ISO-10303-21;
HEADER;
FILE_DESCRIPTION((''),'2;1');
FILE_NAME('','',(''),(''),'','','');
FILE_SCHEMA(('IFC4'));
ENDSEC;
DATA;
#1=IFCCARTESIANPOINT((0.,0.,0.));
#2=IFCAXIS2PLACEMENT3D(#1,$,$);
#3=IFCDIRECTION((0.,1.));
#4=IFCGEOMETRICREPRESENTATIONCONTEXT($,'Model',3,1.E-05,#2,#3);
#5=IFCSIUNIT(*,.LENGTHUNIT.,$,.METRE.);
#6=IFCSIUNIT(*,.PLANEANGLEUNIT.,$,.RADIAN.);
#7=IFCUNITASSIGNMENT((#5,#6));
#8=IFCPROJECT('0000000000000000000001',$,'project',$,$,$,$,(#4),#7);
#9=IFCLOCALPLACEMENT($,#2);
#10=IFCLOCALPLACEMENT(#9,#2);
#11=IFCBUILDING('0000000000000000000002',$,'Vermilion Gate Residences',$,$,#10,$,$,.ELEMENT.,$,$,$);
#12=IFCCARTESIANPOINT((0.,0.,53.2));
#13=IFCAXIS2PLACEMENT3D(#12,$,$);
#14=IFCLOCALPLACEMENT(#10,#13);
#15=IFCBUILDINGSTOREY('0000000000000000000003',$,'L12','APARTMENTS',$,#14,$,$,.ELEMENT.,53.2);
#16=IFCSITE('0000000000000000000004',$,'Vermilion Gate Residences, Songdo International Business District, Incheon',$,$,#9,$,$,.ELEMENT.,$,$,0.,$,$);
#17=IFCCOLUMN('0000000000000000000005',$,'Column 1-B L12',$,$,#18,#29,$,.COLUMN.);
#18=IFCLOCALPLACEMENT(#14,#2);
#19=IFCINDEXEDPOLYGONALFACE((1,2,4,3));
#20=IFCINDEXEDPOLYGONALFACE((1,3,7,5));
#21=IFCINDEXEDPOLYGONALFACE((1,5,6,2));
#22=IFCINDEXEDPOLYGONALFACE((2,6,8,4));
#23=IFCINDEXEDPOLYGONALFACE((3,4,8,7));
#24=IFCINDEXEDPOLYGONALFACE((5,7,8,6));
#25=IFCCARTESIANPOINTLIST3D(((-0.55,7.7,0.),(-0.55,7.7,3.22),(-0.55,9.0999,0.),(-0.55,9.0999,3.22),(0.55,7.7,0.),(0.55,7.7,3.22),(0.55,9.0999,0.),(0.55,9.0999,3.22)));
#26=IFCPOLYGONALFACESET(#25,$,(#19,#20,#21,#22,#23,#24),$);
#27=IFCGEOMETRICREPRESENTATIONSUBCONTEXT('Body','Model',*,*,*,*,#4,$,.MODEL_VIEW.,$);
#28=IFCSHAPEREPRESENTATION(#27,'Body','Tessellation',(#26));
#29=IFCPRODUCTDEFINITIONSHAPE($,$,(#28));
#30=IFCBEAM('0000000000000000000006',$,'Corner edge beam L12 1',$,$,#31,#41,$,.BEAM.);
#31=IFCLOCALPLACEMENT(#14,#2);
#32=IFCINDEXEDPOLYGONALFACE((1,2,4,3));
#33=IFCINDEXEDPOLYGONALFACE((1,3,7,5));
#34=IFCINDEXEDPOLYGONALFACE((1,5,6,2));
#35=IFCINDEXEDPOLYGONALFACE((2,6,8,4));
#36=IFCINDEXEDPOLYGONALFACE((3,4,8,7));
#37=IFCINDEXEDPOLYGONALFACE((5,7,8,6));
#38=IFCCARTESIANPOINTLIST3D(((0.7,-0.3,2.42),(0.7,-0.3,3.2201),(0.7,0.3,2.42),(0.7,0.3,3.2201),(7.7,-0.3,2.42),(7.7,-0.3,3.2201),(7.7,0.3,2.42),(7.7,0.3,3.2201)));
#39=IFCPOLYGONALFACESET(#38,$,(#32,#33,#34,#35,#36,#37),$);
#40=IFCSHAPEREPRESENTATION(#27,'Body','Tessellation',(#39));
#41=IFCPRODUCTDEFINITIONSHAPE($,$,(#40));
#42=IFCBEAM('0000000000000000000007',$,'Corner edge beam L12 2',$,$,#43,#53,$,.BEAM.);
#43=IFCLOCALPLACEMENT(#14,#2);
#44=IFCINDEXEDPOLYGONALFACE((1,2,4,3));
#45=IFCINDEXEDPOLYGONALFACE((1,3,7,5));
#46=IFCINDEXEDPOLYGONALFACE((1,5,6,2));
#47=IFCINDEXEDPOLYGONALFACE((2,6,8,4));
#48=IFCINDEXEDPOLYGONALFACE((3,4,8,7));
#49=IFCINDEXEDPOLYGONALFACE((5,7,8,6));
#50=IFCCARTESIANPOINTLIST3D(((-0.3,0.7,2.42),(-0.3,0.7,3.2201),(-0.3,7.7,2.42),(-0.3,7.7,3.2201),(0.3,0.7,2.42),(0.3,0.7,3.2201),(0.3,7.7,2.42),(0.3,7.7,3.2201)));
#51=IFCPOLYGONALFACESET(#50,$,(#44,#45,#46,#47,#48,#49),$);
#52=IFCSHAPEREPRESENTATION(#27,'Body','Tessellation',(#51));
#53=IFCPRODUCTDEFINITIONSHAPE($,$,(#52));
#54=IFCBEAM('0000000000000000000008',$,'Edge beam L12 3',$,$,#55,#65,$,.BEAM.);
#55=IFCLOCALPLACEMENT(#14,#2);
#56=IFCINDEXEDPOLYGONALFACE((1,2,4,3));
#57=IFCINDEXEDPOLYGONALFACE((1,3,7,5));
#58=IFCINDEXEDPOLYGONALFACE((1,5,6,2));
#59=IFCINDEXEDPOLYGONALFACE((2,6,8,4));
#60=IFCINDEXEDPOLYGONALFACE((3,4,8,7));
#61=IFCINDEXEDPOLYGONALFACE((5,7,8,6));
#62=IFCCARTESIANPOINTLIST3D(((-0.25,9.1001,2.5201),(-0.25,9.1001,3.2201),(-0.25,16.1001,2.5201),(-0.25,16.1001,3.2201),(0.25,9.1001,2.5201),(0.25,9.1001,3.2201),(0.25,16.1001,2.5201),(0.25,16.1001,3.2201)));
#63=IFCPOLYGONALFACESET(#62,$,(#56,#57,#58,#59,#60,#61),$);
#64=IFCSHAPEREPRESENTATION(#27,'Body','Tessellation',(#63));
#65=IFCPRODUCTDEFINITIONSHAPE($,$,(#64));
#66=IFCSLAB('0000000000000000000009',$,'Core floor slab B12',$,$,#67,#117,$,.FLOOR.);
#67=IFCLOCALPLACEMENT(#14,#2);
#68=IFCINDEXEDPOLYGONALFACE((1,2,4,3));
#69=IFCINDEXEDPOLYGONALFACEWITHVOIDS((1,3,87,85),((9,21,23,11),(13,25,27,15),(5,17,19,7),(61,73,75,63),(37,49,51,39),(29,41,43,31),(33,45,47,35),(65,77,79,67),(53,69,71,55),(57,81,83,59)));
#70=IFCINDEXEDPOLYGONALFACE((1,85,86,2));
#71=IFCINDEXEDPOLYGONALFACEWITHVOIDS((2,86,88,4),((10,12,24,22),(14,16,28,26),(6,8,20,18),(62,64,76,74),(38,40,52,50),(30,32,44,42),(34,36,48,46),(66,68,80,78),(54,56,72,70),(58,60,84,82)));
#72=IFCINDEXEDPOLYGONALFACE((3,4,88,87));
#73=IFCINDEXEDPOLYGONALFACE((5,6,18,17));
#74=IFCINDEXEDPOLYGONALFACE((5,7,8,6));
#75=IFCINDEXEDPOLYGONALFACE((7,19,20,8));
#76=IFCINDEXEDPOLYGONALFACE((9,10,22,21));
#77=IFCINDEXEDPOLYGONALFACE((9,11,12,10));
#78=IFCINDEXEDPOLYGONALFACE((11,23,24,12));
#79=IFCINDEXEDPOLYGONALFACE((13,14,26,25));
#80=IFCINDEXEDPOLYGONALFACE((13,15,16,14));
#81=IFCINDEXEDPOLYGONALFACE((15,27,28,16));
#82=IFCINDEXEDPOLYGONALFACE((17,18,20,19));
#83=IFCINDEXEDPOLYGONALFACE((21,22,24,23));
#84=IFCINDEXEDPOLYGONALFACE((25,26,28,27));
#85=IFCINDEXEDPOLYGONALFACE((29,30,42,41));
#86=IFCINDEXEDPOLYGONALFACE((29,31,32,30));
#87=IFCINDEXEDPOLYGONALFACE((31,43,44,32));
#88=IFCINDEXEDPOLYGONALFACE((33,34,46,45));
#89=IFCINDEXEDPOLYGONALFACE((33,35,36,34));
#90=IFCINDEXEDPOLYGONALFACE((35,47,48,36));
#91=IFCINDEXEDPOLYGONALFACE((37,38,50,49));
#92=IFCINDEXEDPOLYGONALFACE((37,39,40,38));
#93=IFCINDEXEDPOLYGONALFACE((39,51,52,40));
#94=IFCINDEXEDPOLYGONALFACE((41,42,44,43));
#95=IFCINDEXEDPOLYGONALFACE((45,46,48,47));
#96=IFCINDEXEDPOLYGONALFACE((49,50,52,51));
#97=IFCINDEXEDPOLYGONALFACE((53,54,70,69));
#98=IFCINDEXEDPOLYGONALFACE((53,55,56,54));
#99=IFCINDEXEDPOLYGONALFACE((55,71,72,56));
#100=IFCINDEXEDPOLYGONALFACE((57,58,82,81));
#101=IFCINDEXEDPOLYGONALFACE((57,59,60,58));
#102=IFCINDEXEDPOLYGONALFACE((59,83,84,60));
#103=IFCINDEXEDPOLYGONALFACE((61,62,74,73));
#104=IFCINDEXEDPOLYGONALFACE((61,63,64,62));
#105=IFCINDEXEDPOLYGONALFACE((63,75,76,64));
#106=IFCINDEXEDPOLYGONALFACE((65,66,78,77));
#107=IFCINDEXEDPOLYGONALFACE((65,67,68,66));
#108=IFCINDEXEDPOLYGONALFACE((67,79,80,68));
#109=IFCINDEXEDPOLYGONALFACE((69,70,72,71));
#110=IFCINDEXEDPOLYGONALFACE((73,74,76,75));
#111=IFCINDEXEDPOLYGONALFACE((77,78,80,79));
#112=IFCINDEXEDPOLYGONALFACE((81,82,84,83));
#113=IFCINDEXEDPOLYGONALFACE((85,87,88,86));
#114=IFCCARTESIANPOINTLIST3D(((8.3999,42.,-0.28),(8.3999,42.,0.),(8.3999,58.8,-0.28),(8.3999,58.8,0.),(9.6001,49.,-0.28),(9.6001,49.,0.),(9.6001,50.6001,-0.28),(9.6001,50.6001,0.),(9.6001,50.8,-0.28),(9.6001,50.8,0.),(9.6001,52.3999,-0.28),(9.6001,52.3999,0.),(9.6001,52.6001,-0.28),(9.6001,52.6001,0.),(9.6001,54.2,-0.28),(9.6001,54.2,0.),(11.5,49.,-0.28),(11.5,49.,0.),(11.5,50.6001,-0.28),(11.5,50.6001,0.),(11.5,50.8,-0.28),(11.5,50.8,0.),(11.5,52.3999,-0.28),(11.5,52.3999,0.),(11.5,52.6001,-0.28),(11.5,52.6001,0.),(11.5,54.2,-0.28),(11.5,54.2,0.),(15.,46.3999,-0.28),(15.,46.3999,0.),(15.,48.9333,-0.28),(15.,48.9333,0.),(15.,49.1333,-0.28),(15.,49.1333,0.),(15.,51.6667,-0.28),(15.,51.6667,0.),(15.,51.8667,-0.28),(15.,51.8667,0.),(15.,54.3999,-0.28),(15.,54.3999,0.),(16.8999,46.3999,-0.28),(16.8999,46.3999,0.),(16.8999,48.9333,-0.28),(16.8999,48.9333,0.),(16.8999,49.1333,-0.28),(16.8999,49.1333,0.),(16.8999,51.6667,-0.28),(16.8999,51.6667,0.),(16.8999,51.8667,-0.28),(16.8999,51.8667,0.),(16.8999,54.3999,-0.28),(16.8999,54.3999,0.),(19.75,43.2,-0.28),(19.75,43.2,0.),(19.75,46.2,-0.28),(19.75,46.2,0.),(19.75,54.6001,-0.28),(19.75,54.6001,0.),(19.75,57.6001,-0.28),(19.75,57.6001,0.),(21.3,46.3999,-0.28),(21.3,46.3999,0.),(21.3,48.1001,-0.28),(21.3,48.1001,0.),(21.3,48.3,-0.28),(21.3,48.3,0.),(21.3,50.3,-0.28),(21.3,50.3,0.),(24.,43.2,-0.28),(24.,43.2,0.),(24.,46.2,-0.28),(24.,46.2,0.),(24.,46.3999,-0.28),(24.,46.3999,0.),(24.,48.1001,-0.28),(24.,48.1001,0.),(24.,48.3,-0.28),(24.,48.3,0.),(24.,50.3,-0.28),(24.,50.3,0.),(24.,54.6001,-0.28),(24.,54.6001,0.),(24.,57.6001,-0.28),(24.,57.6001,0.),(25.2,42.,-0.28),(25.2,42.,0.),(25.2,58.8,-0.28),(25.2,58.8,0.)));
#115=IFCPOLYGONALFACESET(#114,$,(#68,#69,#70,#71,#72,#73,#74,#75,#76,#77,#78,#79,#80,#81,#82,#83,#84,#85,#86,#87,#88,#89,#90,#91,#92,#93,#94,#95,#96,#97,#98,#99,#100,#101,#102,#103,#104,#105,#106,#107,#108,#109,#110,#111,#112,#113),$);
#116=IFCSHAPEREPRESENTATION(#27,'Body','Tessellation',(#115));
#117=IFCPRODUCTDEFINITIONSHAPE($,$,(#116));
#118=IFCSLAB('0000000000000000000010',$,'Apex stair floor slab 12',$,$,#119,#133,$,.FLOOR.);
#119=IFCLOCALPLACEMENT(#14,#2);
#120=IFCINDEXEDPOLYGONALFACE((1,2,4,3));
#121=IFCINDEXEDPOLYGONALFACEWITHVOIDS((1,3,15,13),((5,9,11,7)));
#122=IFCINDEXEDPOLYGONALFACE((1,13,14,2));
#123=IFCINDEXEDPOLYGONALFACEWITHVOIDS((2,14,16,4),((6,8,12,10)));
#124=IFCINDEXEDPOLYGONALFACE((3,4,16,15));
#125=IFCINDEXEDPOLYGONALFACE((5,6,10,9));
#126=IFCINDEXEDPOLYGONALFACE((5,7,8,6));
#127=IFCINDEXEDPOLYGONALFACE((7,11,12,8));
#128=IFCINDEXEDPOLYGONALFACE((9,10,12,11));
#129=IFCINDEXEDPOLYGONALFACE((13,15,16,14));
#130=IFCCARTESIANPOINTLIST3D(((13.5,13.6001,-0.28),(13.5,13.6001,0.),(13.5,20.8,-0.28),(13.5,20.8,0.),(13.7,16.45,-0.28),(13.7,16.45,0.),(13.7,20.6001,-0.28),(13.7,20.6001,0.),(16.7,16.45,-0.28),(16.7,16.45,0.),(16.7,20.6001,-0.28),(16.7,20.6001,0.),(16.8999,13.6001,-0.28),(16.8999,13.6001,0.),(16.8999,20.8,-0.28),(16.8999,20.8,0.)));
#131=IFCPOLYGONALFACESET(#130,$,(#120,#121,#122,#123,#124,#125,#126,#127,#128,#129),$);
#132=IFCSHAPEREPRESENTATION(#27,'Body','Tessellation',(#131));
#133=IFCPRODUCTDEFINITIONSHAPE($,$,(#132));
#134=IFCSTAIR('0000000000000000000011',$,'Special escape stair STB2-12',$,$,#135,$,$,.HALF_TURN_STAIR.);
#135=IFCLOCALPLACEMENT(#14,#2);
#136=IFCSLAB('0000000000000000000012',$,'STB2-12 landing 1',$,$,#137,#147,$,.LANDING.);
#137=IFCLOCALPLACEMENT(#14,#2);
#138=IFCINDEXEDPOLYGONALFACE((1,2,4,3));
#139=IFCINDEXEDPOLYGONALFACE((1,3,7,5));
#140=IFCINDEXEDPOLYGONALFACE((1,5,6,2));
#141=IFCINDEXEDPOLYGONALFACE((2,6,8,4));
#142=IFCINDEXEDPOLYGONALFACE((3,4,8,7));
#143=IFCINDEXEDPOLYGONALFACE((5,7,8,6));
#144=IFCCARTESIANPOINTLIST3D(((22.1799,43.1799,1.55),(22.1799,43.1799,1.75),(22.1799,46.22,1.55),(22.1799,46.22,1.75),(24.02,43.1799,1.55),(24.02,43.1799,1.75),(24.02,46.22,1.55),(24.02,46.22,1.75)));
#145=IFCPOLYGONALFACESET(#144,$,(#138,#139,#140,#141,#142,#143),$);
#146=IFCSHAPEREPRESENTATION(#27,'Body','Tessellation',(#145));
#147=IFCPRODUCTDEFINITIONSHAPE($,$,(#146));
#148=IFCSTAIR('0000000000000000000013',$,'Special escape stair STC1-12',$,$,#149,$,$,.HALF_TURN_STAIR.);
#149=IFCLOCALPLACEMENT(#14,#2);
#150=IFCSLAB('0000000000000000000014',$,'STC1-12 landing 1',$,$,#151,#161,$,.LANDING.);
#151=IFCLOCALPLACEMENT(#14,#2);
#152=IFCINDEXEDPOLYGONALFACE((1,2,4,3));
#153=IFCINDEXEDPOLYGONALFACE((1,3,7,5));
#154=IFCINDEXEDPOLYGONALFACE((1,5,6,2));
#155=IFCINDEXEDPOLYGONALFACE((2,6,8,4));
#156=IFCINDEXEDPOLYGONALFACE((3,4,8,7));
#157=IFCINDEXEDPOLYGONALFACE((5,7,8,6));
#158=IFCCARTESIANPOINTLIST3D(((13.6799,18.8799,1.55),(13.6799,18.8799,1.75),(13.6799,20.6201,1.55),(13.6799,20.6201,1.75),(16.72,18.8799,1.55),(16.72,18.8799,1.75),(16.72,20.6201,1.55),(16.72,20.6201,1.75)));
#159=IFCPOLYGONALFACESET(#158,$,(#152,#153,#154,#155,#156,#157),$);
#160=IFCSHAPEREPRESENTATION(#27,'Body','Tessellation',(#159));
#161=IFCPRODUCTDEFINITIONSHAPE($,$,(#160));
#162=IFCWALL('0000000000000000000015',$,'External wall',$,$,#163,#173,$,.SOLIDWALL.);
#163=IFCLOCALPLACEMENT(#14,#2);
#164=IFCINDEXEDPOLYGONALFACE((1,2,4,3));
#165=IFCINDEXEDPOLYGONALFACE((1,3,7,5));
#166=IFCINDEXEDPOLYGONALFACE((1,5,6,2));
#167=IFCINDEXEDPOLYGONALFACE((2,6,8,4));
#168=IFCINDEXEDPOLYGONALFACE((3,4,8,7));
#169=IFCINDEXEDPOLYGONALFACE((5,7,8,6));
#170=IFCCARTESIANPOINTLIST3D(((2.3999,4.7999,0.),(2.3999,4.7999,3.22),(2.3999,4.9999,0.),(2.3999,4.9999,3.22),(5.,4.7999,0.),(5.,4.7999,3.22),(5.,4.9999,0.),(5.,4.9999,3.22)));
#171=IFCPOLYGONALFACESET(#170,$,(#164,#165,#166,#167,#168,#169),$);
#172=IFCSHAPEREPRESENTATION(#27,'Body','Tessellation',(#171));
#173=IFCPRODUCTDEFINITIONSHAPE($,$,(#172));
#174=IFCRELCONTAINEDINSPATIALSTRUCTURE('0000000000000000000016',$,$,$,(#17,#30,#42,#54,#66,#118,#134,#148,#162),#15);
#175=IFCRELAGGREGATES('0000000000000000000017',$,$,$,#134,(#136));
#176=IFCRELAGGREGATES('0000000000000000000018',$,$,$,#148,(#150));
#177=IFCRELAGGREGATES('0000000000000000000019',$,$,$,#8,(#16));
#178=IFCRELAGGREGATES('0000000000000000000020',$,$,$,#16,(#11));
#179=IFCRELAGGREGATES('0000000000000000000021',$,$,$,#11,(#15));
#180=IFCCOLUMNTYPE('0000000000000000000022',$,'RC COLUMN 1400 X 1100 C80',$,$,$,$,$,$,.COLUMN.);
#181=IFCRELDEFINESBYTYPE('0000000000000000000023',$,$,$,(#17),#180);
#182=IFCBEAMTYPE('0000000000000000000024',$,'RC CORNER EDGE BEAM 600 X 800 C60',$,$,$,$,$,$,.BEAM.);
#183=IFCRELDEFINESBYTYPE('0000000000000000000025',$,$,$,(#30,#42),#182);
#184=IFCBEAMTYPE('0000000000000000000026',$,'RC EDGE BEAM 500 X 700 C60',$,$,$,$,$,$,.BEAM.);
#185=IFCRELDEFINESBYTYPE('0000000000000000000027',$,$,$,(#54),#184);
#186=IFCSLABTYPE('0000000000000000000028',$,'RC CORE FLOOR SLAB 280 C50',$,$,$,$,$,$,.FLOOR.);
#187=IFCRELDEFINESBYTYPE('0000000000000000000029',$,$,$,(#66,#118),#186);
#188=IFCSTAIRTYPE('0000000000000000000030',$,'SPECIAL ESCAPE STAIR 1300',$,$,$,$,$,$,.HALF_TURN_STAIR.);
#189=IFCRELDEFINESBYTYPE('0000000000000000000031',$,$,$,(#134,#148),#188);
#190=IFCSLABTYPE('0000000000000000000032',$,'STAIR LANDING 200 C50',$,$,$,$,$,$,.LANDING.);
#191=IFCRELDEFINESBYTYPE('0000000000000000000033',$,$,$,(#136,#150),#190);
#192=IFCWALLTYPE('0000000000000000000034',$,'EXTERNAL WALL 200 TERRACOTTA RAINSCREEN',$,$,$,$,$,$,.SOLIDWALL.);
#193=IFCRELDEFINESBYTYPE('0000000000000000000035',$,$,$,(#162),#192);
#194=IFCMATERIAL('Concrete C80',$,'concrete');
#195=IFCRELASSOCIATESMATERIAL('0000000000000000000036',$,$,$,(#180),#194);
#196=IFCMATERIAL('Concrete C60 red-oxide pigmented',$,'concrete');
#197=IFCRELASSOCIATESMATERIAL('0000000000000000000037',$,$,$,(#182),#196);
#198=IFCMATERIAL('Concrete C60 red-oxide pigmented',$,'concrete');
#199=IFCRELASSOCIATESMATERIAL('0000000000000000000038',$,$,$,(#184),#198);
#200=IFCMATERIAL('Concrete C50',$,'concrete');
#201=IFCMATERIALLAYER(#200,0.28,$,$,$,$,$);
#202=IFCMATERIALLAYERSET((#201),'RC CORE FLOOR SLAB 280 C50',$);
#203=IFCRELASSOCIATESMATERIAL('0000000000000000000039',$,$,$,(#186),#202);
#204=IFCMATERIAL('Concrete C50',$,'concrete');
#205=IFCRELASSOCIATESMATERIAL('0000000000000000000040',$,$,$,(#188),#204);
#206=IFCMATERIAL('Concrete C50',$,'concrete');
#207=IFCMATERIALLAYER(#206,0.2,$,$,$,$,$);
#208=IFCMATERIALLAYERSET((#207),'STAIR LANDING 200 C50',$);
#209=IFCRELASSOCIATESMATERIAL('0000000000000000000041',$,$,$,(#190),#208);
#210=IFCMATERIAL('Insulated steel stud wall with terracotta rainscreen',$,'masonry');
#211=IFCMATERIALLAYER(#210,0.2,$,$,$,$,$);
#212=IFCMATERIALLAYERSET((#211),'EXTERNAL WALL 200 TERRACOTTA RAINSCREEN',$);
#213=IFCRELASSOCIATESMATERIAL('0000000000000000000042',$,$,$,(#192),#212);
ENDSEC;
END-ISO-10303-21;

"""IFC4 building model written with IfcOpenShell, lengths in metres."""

from ifc_helpers import new_model, si_unit, direction, frame, frame_2d, origin, origin_2d, place, context, subcontext, project, spatial, polyline, rectangle, outline, extrude, material, layer, layer_set, material_profile, profile_set, type_object, element, aggregate, save


model = new_model("IFC4")

# Units and contexts
model_context = context("Model", 3, precision=1e-05, world=origin(), true_north=direction((0.0, 1.0)))
body_context = subcontext(model_context, "Body", "Model", "MODEL_VIEW")
ifc_project = project(units=[si_unit("LENGTHUNIT", "METRE"), si_unit("PLANEANGLEUNIT", "RADIAN")], contexts=[model_context])

# Site, building, storey
site_placement = place(None, origin())
site = spatial("IfcSite", under=ifc_project, at=site_placement, Name="Vermilion Gate Residences, Songdo International Business District, Incheon", CompositionType="ELEMENT", RefElevation=0.0)
building_placement = place(site_placement, origin())
building = spatial("IfcBuilding", under=site, at=building_placement, Name="Vermilion Gate Residences", CompositionType="ELEMENT")
storey_placement = place(building_placement, frame((0.0, 0.0, 53.2)))
storey = spatial("IfcBuildingStorey", under=building, at=storey_placement, Name="L12", Description="APARTMENTS", CompositionType="ELEMENT", Elevation=53.2)

# Column
ifc_material_1 = material(Name="Concrete C80", Category="concrete")
ifc_material_profile_1 = material_profile(ifc_material_1, rectangle(XDim=1.3999, YDim=1.1001, at=origin_2d()), Name="RC-1400x1100")
ifc_profile_set_1 = profile_set([ifc_material_profile_1], Name="Concrete C80")
column_type = type_object("IfcColumnType", Name="RC COLUMN 1400 X 1100 C80", PredefinedType="COLUMN", material=ifc_profile_set_1)
column_placement = place(storey_placement, frame((0.0, 8.3999, 0.0), z_axis=(0.0, 0.0, 1.0), x_axis=(0.0, 1.0, 0.0)))
element("IfcColumn", 1, at=column_placement, inside=storey, type_object=column_type, Name="Column 1-B L12", PredefinedType="COLUMN", context=body_context, shape_type="SweptSolid", body=[
    extrude(rectangle(XDim=1.3999, YDim=1.1001, at=origin_2d()), origin(), (0.0, 0.0, 1.0), 3.22),
])

# Beams
ifc_material_2 = material(Name="Concrete C60 red-oxide pigmented", Category="concrete")
ifc_material_profile_2 = material_profile(ifc_material_2, rectangle(XDim=0.6001, YDim=0.8, at=origin_2d()), Name="RC-600x800")
ifc_profile_set_2 = profile_set([ifc_material_profile_2], Name="Concrete C60 red-oxide pigmented")
beam_type_1 = type_object("IfcBeamType", Name="RC CORNER EDGE BEAM 600 X 800 C60", PredefinedType="BEAM", material=ifc_profile_set_2)
for number, where, z_axis, x_axis, name in (
    (2, (0.7, 0.0, 2.8201), (1.0, 0.0, 0.0), (0.0, 1.0, 0.0), "Corner edge beam L12 1"),
    (3, (0.0, 0.7, 2.8201), (0.0, 1.0, 0.0), (-1.0, 0.0, 0.0), "Corner edge beam L12 2"),
):
    element("IfcBeam", number, at=place(storey_placement, frame(where, z_axis=z_axis, x_axis=x_axis)), inside=storey, type_object=beam_type_1, Name=name, PredefinedType="BEAM", context=body_context, shape_type="SweptSolid", body=[
        extrude(rectangle(XDim=0.6001, YDim=0.8, at=origin_2d()), origin(), (0.0, 0.0, 1.0), 7.0),
    ])
ifc_material_3 = material(Name="Concrete C60 red-oxide pigmented", Category="concrete")
ifc_material_profile_3 = material_profile(ifc_material_3, rectangle(XDim=0.5, YDim=0.7, at=origin_2d()), Name="RC-500x700")
ifc_profile_set_3 = profile_set([ifc_material_profile_3], Name="Concrete C60 red-oxide pigmented")
beam_type_2 = type_object("IfcBeamType", Name="RC EDGE BEAM 500 X 700 C60", PredefinedType="BEAM", material=ifc_profile_set_3)
beam_placement = place(storey_placement, frame((0.0, 9.1001, 2.8701), z_axis=(0.0, 1.0, 0.0), x_axis=(-1.0, 0.0, 0.0)))
element("IfcBeam", 4, at=beam_placement, inside=storey, type_object=beam_type_2, Name="Edge beam L12 3", PredefinedType="BEAM", context=body_context, shape_type="SweptSolid", body=[
    extrude(rectangle(XDim=0.5, YDim=0.7, at=origin_2d()), origin(), (0.0, 0.0, 1.0), 7.0),
])

# Slabs
ifc_material_4 = material(Name="Concrete C50", Category="concrete")
ifc_layer_1 = layer(ifc_material_4, 0.28)
ifc_layer_set_1 = layer_set([ifc_layer_1], Name="RC CORE FLOOR SLAB 280 C50")
slab_type_1 = type_object("IfcSlabType", Name="RC CORE FLOOR SLAB 280 C50", PredefinedType="FLOOR", material=ifc_layer_set_1)
slab_1_placement = place(storey_placement, frame((0.0, 0.0, -0.28)))
element("IfcSlab", 5, at=slab_1_placement, inside=storey, type_object=slab_type_1, Name="Core floor slab B12", PredefinedType="FLOOR", context=body_context, shape_type="SweptSolid", body=[
    extrude(outline(polyline([(8.3999, 42.0), (25.2, 42.0), (25.2, 58.8), (8.3999, 58.8), (8.3999, 42.0)]), holes=[polyline([(19.75, 46.2), (24.0, 46.2), (24.0, 43.2), (19.75, 43.2), (19.75, 46.2)]), polyline([(21.3, 48.1001), (24.0, 48.1001), (24.0, 46.3999), (21.3, 46.3999), (21.3, 48.1001)]), polyline([(15.0, 48.9333), (16.8999, 48.9333), (16.8999, 46.3999), (15.0, 46.3999), (15.0, 48.9333)]), polyline([(24.0, 50.3), (24.0, 48.3), (21.3, 48.3), (21.3, 50.3), (24.0, 50.3)]), polyline([(11.5, 50.6001), (11.5, 49.0), (9.6001, 49.0), (9.6001, 50.6001), (11.5, 50.6001)]), polyline([(15.0, 51.6667), (16.8999, 51.6667), (16.8999, 49.1333), (15.0, 49.1333), (15.0, 51.6667)]), polyline([(9.6001, 52.3999), (11.5, 52.3999), (11.5, 50.8), (9.6001, 50.8), (9.6001, 52.3999)]), polyline([(15.0, 54.3999), (16.8999, 54.3999), (16.8999, 51.8667), (15.0, 51.8667), (15.0, 54.3999)]), polyline([(11.5, 54.2), (11.5, 52.6001), (9.6001, 52.6001), (9.6001, 54.2), (11.5, 54.2)]), polyline([(24.0, 57.6001), (24.0, 54.6001), (19.75, 54.6001), (19.75, 57.6001), (24.0, 57.6001)])]), origin(), (0.0, 0.0, 1.0), 0.28),
])
slab_2_placement = place(storey_placement, frame((0.0, 0.0, -0.28)))
element("IfcSlab", 6, at=slab_2_placement, inside=storey, type_object=slab_type_1, Name="Apex stair floor slab 12", PredefinedType="FLOOR", context=body_context, shape_type="SweptSolid", body=[
    extrude(outline(polyline([(13.5, 13.6001), (16.8999, 13.6001), (16.8999, 20.8), (13.5, 20.8), (13.5, 13.6001)]), holes=[polyline([(16.7, 20.6001), (16.7, 16.45), (13.7, 16.45), (13.7, 20.6001), (16.7, 20.6001)])]), origin(), (0.0, 0.0, 1.0), 0.28),
])

# Stairs, slabs
ifc_material_5 = material(Name="Concrete C50", Category="concrete")
stair_type = type_object("IfcStairType", Name="SPECIAL ESCAPE STAIR 1300", PredefinedType="HALF_TURN_STAIR", material=ifc_material_5)
stair_1_placement = place(storey_placement, origin())
stair_1 = element("IfcStair", 7, at=stair_1_placement, inside=storey, type_object=stair_type, Name="Special escape stair STB2-12", PredefinedType="HALF_TURN_STAIR")
ifc_material_6 = material(Name="Concrete C50", Category="concrete")
ifc_layer_2 = layer(ifc_material_6, 0.2)
ifc_layer_set_2 = layer_set([ifc_layer_2], Name="STAIR LANDING 200 C50")
slab_type_2 = type_object("IfcSlabType", Name="STAIR LANDING 200 C50", PredefinedType="LANDING", material=ifc_layer_set_2)
slab_3_placement = place(storey_placement, frame((0.0, 0.0, 1.55)))
slab_3 = element("IfcSlab", 8, at=slab_3_placement, type_object=slab_type_2, Name="STB2-12 landing 1", PredefinedType="LANDING", context=body_context, shape_type="SweptSolid", body=[
    extrude(outline(polyline([(24.02, 43.1799), (24.02, 46.22), (22.1799, 46.22), (22.1799, 43.1799), (24.02, 43.1799)])), origin(), (0.0, 0.0, 1.0), 0.2),
])
aggregate(stair_1, [slab_3])
stair_2_placement = place(storey_placement, origin())
stair_2 = element("IfcStair", 9, at=stair_2_placement, inside=storey, type_object=stair_type, Name="Special escape stair STC1-12", PredefinedType="HALF_TURN_STAIR")
slab_4_placement = place(storey_placement, frame((0.0, 0.0, 1.55)))
slab_4 = element("IfcSlab", 10, at=slab_4_placement, type_object=slab_type_2, Name="STC1-12 landing 1", PredefinedType="LANDING", context=body_context, shape_type="SweptSolid", body=[
    extrude(outline(polyline([(16.72, 18.8799), (16.72, 20.6201), (13.6799, 20.6201), (13.6799, 18.8799), (16.72, 18.8799)])), origin(), (0.0, 0.0, 1.0), 0.2),
])
aggregate(stair_2, [slab_4])

# Wall
ifc_material_7 = material(Name="Insulated steel stud wall with terracotta rainscreen", Category="masonry")
ifc_layer_3 = layer(ifc_material_7, 0.2)
ifc_layer_set_3 = layer_set([ifc_layer_3], Name="EXTERNAL WALL 200 TERRACOTTA RAINSCREEN")
wall_type = type_object("IfcWallType", Name="EXTERNAL WALL 200 TERRACOTTA RAINSCREEN", PredefinedType="SOLIDWALL", material=ifc_layer_set_3)
wall_1_placement = place(storey_placement, frame((2.3999, 4.8999, 0.0), z_axis=(0.0, 0.0, 1.0), x_axis=(1.0, 0.0, 0.0)))
element("IfcWall", 11, at=wall_1_placement, inside=storey, type_object=wall_type, Name="External wall", PredefinedType="SOLIDWALL", context=body_context, shape_type="SweptSolid", body=[
    extrude(rectangle(XDim=2.6001, YDim=0.2, at=frame_2d((1.3, 0.0))), origin(), (0.0, 0.0, 1.0), 3.22),
])

save(model, "model.ifc")
